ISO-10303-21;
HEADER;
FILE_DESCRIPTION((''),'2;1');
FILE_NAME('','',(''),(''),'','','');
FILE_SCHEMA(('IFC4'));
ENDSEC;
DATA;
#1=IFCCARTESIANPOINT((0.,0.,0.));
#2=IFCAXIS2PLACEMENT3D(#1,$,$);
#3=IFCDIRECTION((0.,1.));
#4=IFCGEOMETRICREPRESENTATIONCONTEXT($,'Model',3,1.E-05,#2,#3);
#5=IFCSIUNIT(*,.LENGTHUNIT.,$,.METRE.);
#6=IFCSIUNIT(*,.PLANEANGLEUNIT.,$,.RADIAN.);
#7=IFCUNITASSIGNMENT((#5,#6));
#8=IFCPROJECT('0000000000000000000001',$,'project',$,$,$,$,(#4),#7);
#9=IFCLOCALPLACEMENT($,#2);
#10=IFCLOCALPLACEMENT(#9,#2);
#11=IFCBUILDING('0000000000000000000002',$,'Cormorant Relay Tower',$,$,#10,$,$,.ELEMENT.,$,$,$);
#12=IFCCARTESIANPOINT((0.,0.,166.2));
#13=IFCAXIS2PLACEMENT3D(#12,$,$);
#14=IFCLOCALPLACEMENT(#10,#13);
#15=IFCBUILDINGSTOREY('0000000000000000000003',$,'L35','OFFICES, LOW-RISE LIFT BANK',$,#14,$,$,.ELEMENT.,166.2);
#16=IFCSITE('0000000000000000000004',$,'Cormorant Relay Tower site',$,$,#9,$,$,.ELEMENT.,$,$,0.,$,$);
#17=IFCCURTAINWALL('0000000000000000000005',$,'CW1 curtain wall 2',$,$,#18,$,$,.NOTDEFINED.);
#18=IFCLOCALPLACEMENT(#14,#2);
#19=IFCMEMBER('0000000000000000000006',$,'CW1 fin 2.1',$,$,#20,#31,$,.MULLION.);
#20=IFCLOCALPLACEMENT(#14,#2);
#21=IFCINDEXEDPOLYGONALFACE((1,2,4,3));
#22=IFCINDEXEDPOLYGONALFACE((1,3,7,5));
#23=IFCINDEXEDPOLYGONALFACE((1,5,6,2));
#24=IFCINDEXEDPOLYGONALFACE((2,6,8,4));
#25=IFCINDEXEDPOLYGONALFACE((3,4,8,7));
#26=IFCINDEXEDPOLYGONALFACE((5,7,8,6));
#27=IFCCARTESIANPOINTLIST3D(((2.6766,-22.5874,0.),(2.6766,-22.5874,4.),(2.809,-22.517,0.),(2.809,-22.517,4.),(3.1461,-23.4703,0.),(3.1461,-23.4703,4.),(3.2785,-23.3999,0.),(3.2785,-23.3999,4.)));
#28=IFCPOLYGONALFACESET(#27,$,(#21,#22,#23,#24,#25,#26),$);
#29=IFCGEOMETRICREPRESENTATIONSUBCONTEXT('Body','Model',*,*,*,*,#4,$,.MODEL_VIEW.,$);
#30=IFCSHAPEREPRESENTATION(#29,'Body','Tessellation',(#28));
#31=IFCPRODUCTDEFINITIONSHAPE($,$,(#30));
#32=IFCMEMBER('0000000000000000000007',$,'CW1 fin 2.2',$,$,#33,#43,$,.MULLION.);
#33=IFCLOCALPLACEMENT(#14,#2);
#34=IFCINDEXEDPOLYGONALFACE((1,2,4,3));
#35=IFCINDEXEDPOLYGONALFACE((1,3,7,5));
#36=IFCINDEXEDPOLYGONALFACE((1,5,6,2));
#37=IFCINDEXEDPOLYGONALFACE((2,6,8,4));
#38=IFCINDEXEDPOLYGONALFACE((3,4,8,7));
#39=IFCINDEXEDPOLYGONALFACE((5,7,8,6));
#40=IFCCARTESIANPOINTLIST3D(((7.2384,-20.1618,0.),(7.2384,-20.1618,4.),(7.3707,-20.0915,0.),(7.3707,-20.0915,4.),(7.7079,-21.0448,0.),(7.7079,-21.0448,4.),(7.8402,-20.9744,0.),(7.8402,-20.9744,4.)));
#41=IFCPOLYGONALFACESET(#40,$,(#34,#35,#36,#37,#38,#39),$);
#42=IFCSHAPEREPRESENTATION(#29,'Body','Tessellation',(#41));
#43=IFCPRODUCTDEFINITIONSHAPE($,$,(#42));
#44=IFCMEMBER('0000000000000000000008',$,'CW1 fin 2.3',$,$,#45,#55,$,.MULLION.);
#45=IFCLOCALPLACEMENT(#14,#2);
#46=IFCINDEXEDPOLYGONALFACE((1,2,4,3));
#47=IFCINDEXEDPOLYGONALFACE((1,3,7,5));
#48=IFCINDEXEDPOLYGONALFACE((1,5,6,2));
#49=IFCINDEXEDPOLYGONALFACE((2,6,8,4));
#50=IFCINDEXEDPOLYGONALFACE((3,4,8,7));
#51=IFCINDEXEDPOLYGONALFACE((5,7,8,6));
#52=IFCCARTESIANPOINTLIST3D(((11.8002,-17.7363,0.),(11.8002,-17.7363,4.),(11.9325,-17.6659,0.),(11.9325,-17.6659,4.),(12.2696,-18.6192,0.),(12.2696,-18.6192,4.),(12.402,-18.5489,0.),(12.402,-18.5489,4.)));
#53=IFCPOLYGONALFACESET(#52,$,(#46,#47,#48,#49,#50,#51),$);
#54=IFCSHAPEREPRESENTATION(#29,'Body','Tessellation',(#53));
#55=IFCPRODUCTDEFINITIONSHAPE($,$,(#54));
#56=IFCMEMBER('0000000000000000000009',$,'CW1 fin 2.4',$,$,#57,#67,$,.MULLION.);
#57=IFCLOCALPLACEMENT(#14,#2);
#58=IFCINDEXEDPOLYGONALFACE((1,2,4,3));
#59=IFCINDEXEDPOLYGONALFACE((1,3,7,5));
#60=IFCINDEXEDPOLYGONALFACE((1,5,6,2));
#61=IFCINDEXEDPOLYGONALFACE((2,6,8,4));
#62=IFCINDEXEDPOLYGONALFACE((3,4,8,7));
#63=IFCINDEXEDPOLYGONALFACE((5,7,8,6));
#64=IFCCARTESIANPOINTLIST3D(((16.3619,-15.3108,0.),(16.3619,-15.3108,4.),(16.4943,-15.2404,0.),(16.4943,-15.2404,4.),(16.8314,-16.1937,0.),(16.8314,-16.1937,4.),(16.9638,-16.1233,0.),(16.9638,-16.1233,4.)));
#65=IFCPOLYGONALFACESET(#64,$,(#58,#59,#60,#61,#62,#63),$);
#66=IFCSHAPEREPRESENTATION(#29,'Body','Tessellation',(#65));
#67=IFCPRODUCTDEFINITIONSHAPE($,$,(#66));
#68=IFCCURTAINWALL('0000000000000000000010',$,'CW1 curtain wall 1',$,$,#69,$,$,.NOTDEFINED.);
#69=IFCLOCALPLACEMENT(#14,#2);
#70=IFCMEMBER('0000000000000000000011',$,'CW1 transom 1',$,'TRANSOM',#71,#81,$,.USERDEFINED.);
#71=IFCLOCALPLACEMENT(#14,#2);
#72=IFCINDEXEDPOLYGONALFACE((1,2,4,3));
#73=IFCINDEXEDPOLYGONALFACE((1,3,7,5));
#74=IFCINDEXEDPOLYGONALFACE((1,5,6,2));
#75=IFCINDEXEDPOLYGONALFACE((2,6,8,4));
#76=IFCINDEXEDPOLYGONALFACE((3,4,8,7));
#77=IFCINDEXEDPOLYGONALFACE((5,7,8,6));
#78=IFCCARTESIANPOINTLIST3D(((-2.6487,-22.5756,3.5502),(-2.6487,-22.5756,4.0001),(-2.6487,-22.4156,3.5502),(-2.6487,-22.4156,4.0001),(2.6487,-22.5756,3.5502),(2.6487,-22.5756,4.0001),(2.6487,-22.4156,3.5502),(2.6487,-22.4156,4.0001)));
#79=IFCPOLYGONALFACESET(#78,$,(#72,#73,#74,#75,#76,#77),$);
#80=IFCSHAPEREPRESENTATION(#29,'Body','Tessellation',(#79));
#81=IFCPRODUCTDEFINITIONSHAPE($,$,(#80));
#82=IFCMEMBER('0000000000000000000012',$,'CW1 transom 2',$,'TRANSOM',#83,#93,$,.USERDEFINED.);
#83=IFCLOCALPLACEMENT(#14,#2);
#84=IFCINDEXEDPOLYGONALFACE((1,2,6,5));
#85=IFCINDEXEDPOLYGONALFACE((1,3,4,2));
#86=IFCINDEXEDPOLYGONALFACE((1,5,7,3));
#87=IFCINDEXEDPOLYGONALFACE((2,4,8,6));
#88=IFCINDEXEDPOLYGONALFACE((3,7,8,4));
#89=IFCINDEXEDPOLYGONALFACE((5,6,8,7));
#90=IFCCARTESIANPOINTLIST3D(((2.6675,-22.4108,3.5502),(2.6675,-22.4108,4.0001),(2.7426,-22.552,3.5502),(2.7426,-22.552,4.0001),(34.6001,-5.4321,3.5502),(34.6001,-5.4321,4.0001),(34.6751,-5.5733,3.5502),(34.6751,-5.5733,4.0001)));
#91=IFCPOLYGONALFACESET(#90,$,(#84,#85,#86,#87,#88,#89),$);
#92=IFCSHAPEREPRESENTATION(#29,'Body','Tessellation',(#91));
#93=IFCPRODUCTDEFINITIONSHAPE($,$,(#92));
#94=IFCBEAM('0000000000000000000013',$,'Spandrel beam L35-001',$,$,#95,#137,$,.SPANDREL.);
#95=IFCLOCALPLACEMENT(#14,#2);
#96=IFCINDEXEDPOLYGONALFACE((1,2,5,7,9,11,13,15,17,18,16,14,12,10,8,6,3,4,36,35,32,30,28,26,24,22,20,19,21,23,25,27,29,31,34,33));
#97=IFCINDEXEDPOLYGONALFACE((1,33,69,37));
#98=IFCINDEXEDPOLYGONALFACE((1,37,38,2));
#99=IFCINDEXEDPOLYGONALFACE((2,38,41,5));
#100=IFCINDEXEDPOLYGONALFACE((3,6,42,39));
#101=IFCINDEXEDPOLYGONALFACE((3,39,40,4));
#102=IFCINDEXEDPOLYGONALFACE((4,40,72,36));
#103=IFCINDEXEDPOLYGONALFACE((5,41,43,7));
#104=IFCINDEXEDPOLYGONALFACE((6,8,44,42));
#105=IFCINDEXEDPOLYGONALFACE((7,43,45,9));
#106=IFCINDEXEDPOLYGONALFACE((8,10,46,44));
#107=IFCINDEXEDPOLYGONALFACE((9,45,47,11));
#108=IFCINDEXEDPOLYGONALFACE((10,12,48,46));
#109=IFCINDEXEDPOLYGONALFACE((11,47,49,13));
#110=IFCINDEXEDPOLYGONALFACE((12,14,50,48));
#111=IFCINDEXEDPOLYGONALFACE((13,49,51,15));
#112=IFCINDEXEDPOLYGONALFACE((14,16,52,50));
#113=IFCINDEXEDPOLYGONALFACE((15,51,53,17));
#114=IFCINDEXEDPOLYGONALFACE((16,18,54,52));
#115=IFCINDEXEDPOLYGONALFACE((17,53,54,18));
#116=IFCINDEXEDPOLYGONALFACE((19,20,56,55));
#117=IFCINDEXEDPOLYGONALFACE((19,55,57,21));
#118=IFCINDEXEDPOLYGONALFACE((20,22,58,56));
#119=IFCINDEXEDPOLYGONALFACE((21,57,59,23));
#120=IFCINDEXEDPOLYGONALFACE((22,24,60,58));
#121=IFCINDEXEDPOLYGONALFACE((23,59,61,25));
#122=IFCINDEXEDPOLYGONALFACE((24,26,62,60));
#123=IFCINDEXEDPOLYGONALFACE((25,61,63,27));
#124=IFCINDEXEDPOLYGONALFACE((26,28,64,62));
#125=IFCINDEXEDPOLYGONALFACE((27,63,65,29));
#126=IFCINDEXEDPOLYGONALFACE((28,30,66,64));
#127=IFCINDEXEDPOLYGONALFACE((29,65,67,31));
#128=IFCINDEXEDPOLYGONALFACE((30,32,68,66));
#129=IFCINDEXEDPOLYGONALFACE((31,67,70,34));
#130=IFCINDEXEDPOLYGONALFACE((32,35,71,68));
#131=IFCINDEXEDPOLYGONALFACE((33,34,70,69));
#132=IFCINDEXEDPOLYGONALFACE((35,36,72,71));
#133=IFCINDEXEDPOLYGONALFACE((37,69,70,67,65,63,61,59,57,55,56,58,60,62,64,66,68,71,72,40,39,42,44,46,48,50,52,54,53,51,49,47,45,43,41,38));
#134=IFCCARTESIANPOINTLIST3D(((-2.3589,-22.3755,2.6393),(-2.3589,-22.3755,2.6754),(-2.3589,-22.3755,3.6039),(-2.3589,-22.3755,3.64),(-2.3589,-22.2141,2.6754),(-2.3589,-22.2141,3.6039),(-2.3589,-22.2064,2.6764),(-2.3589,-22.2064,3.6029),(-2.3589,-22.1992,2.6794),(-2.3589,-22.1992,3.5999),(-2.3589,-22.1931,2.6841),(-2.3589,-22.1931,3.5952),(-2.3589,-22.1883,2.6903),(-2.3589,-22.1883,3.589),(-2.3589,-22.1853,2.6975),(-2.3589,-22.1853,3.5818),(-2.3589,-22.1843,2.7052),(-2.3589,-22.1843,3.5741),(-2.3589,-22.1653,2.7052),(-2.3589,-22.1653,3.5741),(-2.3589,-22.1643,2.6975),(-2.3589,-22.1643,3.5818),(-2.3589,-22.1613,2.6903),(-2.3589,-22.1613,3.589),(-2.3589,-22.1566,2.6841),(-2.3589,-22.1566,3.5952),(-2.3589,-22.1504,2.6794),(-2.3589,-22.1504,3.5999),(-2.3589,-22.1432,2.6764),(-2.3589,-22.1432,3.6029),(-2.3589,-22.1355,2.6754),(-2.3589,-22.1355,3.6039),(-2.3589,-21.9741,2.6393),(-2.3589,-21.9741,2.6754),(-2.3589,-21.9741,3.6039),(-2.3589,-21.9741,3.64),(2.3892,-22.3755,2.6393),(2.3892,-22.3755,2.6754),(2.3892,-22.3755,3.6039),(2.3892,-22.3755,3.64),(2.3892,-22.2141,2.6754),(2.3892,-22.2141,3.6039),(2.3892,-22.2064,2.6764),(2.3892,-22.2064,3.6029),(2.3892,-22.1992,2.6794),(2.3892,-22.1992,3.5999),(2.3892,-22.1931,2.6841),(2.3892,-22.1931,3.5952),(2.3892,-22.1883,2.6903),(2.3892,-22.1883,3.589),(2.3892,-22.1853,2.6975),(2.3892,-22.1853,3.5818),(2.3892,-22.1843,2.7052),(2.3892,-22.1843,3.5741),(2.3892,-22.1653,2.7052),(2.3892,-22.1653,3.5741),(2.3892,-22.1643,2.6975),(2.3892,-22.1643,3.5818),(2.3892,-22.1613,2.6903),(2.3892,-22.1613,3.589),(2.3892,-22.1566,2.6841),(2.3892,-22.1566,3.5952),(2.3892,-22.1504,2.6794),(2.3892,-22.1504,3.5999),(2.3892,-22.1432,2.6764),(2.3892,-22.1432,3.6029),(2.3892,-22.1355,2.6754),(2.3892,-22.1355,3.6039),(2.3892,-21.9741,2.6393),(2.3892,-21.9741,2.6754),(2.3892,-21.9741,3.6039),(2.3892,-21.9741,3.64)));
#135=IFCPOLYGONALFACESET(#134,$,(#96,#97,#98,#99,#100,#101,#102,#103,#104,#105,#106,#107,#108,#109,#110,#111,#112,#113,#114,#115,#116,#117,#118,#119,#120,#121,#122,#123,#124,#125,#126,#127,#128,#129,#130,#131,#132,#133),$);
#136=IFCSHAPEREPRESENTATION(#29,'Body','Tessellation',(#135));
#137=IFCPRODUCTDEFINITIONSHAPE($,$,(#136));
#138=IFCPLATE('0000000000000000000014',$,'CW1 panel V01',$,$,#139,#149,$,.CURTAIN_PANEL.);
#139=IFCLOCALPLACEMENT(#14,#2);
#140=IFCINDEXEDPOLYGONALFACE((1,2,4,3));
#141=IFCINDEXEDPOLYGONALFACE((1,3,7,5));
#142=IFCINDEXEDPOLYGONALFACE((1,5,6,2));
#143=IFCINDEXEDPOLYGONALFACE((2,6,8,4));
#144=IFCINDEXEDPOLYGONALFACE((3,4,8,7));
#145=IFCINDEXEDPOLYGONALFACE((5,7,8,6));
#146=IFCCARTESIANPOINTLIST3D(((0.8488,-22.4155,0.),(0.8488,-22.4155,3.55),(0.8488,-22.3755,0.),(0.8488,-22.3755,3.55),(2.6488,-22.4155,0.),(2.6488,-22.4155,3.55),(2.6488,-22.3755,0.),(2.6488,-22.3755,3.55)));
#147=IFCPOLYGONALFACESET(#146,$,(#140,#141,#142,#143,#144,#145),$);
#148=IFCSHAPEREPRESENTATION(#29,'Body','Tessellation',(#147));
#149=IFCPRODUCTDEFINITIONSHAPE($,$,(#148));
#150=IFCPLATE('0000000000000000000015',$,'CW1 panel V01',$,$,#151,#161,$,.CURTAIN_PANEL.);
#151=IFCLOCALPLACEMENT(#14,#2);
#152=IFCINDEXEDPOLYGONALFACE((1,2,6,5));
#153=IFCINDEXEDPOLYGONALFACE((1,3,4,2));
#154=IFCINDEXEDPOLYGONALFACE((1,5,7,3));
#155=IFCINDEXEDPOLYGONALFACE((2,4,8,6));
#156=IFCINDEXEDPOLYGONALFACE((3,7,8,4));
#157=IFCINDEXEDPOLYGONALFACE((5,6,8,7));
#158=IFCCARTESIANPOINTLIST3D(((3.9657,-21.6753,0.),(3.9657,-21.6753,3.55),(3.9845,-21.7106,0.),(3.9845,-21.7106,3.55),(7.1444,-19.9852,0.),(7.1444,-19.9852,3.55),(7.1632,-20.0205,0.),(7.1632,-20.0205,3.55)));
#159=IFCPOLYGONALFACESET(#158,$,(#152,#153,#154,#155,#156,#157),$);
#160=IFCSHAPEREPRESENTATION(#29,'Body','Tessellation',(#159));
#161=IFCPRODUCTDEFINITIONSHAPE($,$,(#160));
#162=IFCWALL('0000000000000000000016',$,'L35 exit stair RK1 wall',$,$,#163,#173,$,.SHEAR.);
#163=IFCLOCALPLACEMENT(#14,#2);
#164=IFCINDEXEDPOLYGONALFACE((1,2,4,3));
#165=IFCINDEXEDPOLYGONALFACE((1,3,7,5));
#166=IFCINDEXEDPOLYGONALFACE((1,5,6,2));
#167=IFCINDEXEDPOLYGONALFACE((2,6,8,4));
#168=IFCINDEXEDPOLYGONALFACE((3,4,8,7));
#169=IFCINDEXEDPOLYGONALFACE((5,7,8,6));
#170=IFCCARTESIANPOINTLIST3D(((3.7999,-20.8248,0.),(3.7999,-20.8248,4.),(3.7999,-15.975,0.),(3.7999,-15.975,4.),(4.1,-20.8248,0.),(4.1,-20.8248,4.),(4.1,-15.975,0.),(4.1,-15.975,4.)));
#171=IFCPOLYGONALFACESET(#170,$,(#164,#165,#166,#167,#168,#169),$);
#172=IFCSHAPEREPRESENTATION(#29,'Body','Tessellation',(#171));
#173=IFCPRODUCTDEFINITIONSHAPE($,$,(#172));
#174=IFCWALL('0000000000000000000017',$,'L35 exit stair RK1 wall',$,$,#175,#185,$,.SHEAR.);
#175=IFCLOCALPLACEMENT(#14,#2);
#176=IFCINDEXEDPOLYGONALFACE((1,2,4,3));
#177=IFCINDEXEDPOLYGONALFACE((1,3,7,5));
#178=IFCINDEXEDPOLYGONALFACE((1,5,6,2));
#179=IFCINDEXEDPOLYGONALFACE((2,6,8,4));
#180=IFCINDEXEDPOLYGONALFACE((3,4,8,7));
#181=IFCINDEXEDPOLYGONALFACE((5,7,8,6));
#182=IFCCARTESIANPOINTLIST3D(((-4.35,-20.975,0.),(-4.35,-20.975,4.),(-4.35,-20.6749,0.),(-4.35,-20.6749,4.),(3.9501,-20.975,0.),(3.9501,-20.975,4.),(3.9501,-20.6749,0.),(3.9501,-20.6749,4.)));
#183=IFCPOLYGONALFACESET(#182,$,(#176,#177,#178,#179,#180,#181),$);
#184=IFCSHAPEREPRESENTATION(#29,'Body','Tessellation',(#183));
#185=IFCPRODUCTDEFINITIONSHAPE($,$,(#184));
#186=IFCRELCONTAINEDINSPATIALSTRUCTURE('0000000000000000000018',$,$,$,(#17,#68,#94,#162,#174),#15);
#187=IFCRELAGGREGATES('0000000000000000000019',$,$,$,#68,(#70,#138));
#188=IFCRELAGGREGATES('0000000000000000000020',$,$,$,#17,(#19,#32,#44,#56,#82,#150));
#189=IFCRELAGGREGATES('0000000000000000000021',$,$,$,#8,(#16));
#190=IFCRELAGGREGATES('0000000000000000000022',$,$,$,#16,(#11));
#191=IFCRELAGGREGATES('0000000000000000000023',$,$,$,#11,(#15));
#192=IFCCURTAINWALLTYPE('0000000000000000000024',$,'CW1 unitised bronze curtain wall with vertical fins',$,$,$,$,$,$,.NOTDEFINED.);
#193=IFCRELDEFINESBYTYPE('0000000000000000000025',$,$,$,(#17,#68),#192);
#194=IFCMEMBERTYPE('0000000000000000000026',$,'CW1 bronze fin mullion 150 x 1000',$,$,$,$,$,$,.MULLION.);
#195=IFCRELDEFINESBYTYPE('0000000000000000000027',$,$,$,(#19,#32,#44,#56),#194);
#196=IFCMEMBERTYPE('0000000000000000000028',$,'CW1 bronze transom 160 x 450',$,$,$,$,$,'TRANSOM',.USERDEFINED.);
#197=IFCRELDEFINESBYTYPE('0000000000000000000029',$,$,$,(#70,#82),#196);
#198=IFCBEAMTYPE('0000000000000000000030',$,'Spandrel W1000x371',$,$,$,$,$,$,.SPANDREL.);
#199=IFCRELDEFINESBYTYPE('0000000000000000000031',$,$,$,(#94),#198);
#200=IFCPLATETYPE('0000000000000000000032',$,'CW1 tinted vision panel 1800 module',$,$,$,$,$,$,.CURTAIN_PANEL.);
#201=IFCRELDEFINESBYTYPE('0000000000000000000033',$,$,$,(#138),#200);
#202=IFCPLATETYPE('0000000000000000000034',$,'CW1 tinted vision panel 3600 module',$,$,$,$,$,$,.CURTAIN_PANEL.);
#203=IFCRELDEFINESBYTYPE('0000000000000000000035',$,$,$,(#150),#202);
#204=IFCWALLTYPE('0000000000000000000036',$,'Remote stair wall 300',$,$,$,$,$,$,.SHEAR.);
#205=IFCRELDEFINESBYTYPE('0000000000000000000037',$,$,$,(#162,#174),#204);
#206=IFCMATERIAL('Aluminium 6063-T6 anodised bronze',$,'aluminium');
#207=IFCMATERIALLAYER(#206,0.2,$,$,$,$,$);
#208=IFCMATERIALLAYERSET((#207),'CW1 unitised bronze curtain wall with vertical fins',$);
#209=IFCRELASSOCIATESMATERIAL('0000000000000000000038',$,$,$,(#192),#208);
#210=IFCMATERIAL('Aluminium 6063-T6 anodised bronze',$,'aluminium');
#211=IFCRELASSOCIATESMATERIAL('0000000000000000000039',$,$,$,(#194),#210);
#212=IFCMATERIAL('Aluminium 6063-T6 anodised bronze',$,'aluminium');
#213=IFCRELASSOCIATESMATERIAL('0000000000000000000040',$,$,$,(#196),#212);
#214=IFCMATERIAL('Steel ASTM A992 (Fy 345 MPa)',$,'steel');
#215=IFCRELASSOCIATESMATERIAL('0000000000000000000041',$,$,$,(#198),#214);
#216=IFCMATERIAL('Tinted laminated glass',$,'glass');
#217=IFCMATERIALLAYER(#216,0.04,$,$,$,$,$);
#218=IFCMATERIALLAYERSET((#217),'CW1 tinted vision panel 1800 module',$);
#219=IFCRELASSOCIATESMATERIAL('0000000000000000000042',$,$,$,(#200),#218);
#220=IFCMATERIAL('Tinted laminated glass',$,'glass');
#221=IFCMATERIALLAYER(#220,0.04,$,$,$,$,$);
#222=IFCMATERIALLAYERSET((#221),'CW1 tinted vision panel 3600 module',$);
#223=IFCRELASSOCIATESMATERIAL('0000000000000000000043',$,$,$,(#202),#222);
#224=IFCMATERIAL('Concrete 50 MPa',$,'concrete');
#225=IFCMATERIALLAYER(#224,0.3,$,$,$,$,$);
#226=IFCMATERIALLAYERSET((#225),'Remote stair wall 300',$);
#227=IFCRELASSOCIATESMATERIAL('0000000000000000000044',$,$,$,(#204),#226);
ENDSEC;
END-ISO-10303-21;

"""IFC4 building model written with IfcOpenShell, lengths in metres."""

from ifc_helpers import new_model, si_unit, direction, frame, frame_2d, origin, origin_2d, place, context, subcontext, project, spatial, rectangle, i_section, extrude, material, layer, layer_set, material_profile, profile_set, type_object, element, aggregate, save


model = new_model("IFC4")

# Units and contexts
model_context = context("Model", 3, precision=1e-05, world=origin(), true_north=direction((0.0, 1.0)))
body_context = subcontext(model_context, "Body", "Model", "MODEL_VIEW")
ifc_project = project(units=[si_unit("LENGTHUNIT", "METRE"), si_unit("PLANEANGLEUNIT", "RADIAN")], contexts=[model_context])

# Site, building, storey
site_placement = place(None, origin())
site = spatial("IfcSite", under=ifc_project, at=site_placement, Name="Cormorant Relay Tower site", CompositionType="ELEMENT", RefElevation=0.0)
building_placement = place(site_placement, origin())
building = spatial("IfcBuilding", under=site, at=building_placement, Name="Cormorant Relay Tower", CompositionType="ELEMENT")
storey_placement = place(building_placement, frame((0.0, 0.0, 166.2)))
storey = spatial("IfcBuildingStorey", under=building, at=storey_placement, Name="L35", Description="OFFICES, LOW-RISE LIFT BANK", CompositionType="ELEMENT", Elevation=166.2)

# Curtain wall, members
ifc_material_1 = material(Name="Aluminium 6063-T6 anodised bronze", Category="aluminium")
ifc_layer_1 = layer(ifc_material_1, 0.2)
ifc_layer_set_1 = layer_set([ifc_layer_1], Name="CW1 unitised bronze curtain wall with vertical fins")
curtain_wall_type = type_object("IfcCurtainWallType", Name="CW1 unitised bronze curtain wall with vertical fins", PredefinedType="NOTDEFINED", material=ifc_layer_set_1)
curtain_wall_1_placement = place(storey_placement, origin())
curtain_wall_1 = element("IfcCurtainWall", 1, at=curtain_wall_1_placement, inside=storey, type_object=curtain_wall_type, Name="CW1 curtain wall 2", PredefinedType="NOTDEFINED")
ifc_material_2 = material(Name="Aluminium 6063-T6 anodised bronze", Category="aluminium")
ifc_material_profile_1 = material_profile(ifc_material_2, rectangle(XDim=0.1499, YDim=1.0, at=origin_2d()), Name="AL 150x1000")
ifc_profile_set_1 = profile_set([ifc_material_profile_1], Name="Aluminium 6063-T6 anodised bronze")
member_type_1 = type_object("IfcMemberType", Name="CW1 bronze fin mullion 150 x 1000", PredefinedType="MULLION", material=ifc_profile_set_1)
member_1_placement = place(storey_placement, frame((2.9775, -22.9937, 0.0), z_axis=(0.0, 0.0, 1.0), x_axis=(0.882948, 0.469472, 0.0)))
member_1 = element("IfcMember", 2, at=member_1_placement, type_object=member_type_1, Name="CW1 fin 2.1", PredefinedType="MULLION", context=body_context, shape_type="SweptSolid", body=[
    extrude(rectangle(XDim=0.1499, YDim=1.0, at=origin_2d()), origin(), (0.0, 0.0, 1.0), 4.0),
])
member_2_placement = place(storey_placement, frame((7.5393, -20.5681, 0.0), z_axis=(0.0, 0.0, 1.0), x_axis=(0.882948, 0.469472, 0.0)))
member_2 = element("IfcMember", 3, at=member_2_placement, type_object=member_type_1, Name="CW1 fin 2.2", PredefinedType="MULLION", context=body_context, shape_type="SweptSolid", body=[
    extrude(rectangle(XDim=0.1499, YDim=1.0, at=origin_2d()), origin(), (0.0, 0.0, 1.0), 4.0),
])
member_3_placement = place(storey_placement, frame((12.1011, -18.1426, 0.0), z_axis=(0.0, 0.0, 1.0), x_axis=(0.882948, 0.469472, 0.0)))
member_3 = element("IfcMember", 4, at=member_3_placement, type_object=member_type_1, Name="CW1 fin 2.3", PredefinedType="MULLION", context=body_context, shape_type="SweptSolid", body=[
    extrude(rectangle(XDim=0.1499, YDim=1.0, at=origin_2d()), origin(), (0.0, 0.0, 1.0), 4.0),
])
member_4_placement = place(storey_placement, frame((16.6628, -15.717, 0.0), z_axis=(0.0, 0.0, 1.0), x_axis=(0.882948, 0.469472, 0.0)))
member_4 = element("IfcMember", 5, at=member_4_placement, type_object=member_type_1, Name="CW1 fin 2.4", PredefinedType="MULLION", context=body_context, shape_type="SweptSolid", body=[
    extrude(rectangle(XDim=0.1499, YDim=1.0, at=origin_2d()), origin(), (0.0, 0.0, 1.0), 4.0),
])

# Curtain wall, member
curtain_wall_2_placement = place(storey_placement, origin())
curtain_wall_2 = element("IfcCurtainWall", 6, at=curtain_wall_2_placement, inside=storey, type_object=curtain_wall_type, Name="CW1 curtain wall 1", PredefinedType="NOTDEFINED")
ifc_material_3 = material(Name="Aluminium 6063-T6 anodised bronze", Category="aluminium")
ifc_material_profile_2 = material_profile(ifc_material_3, rectangle(XDim=0.1599, YDim=0.45, at=origin_2d()), Name="AL 160x450")
ifc_profile_set_2 = profile_set([ifc_material_profile_2], Name="Aluminium 6063-T6 anodised bronze")
member_type_2 = type_object("IfcMemberType", Name="CW1 bronze transom 160 x 450", ElementType="TRANSOM", PredefinedType="USERDEFINED", material=ifc_profile_set_2)
member_5_placement = place(storey_placement, frame((-2.6487, -22.4956, 3.7751), z_axis=(1.0, 0.0, 0.0), x_axis=(0.0, 1.0, 0.0)))
member_5 = element("IfcMember", 7, at=member_5_placement, type_object=member_type_2, Name="CW1 transom 1", ObjectType="TRANSOM", PredefinedType="USERDEFINED", context=body_context, shape_type="SweptSolid", body=[
    extrude(rectangle(XDim=0.1599, YDim=0.45, at=origin_2d()), origin(), (0.0, 0.0, 1.0), 5.2974),
])

# Member
member_6_placement = place(storey_placement, frame((2.7051, -22.4814, 3.7751), z_axis=(0.882949, 0.469469, 0.0), x_axis=(-0.469469, 0.882949, 0.0)))
member_6 = element("IfcMember", 8, at=member_6_placement, type_object=member_type_2, Name="CW1 transom 2", ObjectType="TRANSOM", PredefinedType="USERDEFINED", context=body_context, shape_type="SweptSolid", body=[
    extrude(rectangle(XDim=0.1599, YDim=0.45, at=origin_2d()), origin(), (0.0, 0.0, 1.0), 36.1658),
])

# Beam
ifc_material_4 = material(Name="Steel ASTM A992 (Fy 345 MPa)", Category="steel")
ifc_material_profile_3 = material_profile(ifc_material_4, i_section(OverallWidth=0.4014, OverallDepth=1.0007, WebThickness=0.019, FlangeThickness=0.0361, FilletRadius=0.0298, at=origin_2d()), Name="W1000x371")
ifc_profile_set_3 = profile_set([ifc_material_profile_3], Name="Steel ASTM A992 (Fy 345 MPa)")
beam_type = type_object("IfcBeamType", Name="Spandrel W1000x371", PredefinedType="SPANDREL", material=ifc_profile_set_3)
beam_placement = place(storey_placement, frame((-2.3589, -22.1748, 3.1396), z_axis=(1.0, 0.0, 0.0), x_axis=(0.0, 1.0, 0.0)))
element("IfcBeam", 9, at=beam_placement, inside=storey, type_object=beam_type, Name="Spandrel beam L35-001", PredefinedType="SPANDREL", context=body_context, shape_type="SweptSolid", body=[
    extrude(i_section(OverallWidth=0.4014, OverallDepth=1.0007, WebThickness=0.019, FlangeThickness=0.0361, FilletRadius=0.0298, at=origin_2d()), origin(), (0.0, 0.0, 1.0), 4.748),
])

# Plates
ifc_material_5 = material(Name="Tinted laminated glass", Category="glass")
ifc_layer_2 = layer(ifc_material_5, 0.04)
ifc_layer_set_2 = layer_set([ifc_layer_2], Name="CW1 tinted vision panel 1800 module")
plate_type_1 = type_object("IfcPlateType", Name="CW1 tinted vision panel 1800 module", PredefinedType="CURTAIN_PANEL", material=ifc_layer_set_2)
plate_1_placement = place(storey_placement, frame((1.7488, -22.3955, 0.0), z_axis=(0.0, 0.0, 1.0), x_axis=(1.0, 0.0, 0.0)))
plate_1 = element("IfcPlate", 10, at=plate_1_placement, type_object=plate_type_1, Name="CW1 panel V01", PredefinedType="CURTAIN_PANEL", context=body_context, shape_type="SweptSolid", body=[
    extrude(rectangle(XDim=1.8, YDim=0.04, at=origin_2d()), origin(), (0.0, 0.0, 1.0), 3.55),
])
ifc_material_6 = material(Name="Tinted laminated glass", Category="glass")
ifc_layer_3 = layer(ifc_material_6, 0.04)
ifc_layer_set_3 = layer_set([ifc_layer_3], Name="CW1 tinted vision panel 3600 module")
plate_type_2 = type_object("IfcPlateType", Name="CW1 tinted vision panel 3600 module", PredefinedType="CURTAIN_PANEL", material=ifc_layer_set_3)
plate_2_placement = place(storey_placement, frame((5.5645, -20.8479, 0.0), z_axis=(0.0, 0.0, 1.0), x_axis=(0.882948, 0.469472, 0.0)))
plate_2 = element("IfcPlate", 11, at=plate_2_placement, type_object=plate_type_2, Name="CW1 panel V01", PredefinedType="CURTAIN_PANEL", context=body_context, shape_type="SweptSolid", body=[
    extrude(rectangle(XDim=3.6001, YDim=0.04, at=origin_2d()), origin(), (0.0, 0.0, 1.0), 3.55),
])

# Walls
ifc_material_7 = material(Name="Concrete 50 MPa", Category="concrete")
ifc_layer_4 = layer(ifc_material_7, 0.3)
ifc_layer_set_4 = layer_set([ifc_layer_4], Name="Remote stair wall 300")
wall_type_1 = type_object("IfcWallType", Name="Remote stair wall 300", PredefinedType="SHEAR", material=ifc_layer_set_4)
wall_1_placement = place(storey_placement, frame((3.95, -15.9751, 0.0), z_axis=(0.0, 0.0, 1.0), x_axis=(0.0, -1.0, 0.0)))
element("IfcWall", 12, at=wall_1_placement, inside=storey, type_object=wall_type_1, Name="L35 exit stair RK1 wall", PredefinedType="SHEAR", context=body_context, shape_type="SweptSolid", body=[
    extrude(rectangle(XDim=4.8499, YDim=0.3, at=frame_2d((2.4248, 0.0))), origin(), (0.0, 0.0, 1.0), 4.0),
])
wall_2_placement = place(storey_placement, frame((3.95, -20.825, 0.0), z_axis=(0.0, 0.0, 1.0), x_axis=(-1.0, 0.0, 0.0)))
element("IfcWall", 13, at=wall_2_placement, inside=storey, type_object=wall_type_1, Name="L35 exit stair RK1 wall", PredefinedType="SHEAR", context=body_context, shape_type="SweptSolid", body=[
    extrude(rectangle(XDim=8.3, YDim=0.3, at=frame_2d((4.1499, 0.0))), origin(), (0.0, 0.0, 1.0), 4.0),
])

aggregate(curtain_wall_2, [member_5, plate_1])
aggregate(curtain_wall_1, [member_1, member_2, member_3, member_4, member_6, plate_2])

save(model, "model.ifc")
